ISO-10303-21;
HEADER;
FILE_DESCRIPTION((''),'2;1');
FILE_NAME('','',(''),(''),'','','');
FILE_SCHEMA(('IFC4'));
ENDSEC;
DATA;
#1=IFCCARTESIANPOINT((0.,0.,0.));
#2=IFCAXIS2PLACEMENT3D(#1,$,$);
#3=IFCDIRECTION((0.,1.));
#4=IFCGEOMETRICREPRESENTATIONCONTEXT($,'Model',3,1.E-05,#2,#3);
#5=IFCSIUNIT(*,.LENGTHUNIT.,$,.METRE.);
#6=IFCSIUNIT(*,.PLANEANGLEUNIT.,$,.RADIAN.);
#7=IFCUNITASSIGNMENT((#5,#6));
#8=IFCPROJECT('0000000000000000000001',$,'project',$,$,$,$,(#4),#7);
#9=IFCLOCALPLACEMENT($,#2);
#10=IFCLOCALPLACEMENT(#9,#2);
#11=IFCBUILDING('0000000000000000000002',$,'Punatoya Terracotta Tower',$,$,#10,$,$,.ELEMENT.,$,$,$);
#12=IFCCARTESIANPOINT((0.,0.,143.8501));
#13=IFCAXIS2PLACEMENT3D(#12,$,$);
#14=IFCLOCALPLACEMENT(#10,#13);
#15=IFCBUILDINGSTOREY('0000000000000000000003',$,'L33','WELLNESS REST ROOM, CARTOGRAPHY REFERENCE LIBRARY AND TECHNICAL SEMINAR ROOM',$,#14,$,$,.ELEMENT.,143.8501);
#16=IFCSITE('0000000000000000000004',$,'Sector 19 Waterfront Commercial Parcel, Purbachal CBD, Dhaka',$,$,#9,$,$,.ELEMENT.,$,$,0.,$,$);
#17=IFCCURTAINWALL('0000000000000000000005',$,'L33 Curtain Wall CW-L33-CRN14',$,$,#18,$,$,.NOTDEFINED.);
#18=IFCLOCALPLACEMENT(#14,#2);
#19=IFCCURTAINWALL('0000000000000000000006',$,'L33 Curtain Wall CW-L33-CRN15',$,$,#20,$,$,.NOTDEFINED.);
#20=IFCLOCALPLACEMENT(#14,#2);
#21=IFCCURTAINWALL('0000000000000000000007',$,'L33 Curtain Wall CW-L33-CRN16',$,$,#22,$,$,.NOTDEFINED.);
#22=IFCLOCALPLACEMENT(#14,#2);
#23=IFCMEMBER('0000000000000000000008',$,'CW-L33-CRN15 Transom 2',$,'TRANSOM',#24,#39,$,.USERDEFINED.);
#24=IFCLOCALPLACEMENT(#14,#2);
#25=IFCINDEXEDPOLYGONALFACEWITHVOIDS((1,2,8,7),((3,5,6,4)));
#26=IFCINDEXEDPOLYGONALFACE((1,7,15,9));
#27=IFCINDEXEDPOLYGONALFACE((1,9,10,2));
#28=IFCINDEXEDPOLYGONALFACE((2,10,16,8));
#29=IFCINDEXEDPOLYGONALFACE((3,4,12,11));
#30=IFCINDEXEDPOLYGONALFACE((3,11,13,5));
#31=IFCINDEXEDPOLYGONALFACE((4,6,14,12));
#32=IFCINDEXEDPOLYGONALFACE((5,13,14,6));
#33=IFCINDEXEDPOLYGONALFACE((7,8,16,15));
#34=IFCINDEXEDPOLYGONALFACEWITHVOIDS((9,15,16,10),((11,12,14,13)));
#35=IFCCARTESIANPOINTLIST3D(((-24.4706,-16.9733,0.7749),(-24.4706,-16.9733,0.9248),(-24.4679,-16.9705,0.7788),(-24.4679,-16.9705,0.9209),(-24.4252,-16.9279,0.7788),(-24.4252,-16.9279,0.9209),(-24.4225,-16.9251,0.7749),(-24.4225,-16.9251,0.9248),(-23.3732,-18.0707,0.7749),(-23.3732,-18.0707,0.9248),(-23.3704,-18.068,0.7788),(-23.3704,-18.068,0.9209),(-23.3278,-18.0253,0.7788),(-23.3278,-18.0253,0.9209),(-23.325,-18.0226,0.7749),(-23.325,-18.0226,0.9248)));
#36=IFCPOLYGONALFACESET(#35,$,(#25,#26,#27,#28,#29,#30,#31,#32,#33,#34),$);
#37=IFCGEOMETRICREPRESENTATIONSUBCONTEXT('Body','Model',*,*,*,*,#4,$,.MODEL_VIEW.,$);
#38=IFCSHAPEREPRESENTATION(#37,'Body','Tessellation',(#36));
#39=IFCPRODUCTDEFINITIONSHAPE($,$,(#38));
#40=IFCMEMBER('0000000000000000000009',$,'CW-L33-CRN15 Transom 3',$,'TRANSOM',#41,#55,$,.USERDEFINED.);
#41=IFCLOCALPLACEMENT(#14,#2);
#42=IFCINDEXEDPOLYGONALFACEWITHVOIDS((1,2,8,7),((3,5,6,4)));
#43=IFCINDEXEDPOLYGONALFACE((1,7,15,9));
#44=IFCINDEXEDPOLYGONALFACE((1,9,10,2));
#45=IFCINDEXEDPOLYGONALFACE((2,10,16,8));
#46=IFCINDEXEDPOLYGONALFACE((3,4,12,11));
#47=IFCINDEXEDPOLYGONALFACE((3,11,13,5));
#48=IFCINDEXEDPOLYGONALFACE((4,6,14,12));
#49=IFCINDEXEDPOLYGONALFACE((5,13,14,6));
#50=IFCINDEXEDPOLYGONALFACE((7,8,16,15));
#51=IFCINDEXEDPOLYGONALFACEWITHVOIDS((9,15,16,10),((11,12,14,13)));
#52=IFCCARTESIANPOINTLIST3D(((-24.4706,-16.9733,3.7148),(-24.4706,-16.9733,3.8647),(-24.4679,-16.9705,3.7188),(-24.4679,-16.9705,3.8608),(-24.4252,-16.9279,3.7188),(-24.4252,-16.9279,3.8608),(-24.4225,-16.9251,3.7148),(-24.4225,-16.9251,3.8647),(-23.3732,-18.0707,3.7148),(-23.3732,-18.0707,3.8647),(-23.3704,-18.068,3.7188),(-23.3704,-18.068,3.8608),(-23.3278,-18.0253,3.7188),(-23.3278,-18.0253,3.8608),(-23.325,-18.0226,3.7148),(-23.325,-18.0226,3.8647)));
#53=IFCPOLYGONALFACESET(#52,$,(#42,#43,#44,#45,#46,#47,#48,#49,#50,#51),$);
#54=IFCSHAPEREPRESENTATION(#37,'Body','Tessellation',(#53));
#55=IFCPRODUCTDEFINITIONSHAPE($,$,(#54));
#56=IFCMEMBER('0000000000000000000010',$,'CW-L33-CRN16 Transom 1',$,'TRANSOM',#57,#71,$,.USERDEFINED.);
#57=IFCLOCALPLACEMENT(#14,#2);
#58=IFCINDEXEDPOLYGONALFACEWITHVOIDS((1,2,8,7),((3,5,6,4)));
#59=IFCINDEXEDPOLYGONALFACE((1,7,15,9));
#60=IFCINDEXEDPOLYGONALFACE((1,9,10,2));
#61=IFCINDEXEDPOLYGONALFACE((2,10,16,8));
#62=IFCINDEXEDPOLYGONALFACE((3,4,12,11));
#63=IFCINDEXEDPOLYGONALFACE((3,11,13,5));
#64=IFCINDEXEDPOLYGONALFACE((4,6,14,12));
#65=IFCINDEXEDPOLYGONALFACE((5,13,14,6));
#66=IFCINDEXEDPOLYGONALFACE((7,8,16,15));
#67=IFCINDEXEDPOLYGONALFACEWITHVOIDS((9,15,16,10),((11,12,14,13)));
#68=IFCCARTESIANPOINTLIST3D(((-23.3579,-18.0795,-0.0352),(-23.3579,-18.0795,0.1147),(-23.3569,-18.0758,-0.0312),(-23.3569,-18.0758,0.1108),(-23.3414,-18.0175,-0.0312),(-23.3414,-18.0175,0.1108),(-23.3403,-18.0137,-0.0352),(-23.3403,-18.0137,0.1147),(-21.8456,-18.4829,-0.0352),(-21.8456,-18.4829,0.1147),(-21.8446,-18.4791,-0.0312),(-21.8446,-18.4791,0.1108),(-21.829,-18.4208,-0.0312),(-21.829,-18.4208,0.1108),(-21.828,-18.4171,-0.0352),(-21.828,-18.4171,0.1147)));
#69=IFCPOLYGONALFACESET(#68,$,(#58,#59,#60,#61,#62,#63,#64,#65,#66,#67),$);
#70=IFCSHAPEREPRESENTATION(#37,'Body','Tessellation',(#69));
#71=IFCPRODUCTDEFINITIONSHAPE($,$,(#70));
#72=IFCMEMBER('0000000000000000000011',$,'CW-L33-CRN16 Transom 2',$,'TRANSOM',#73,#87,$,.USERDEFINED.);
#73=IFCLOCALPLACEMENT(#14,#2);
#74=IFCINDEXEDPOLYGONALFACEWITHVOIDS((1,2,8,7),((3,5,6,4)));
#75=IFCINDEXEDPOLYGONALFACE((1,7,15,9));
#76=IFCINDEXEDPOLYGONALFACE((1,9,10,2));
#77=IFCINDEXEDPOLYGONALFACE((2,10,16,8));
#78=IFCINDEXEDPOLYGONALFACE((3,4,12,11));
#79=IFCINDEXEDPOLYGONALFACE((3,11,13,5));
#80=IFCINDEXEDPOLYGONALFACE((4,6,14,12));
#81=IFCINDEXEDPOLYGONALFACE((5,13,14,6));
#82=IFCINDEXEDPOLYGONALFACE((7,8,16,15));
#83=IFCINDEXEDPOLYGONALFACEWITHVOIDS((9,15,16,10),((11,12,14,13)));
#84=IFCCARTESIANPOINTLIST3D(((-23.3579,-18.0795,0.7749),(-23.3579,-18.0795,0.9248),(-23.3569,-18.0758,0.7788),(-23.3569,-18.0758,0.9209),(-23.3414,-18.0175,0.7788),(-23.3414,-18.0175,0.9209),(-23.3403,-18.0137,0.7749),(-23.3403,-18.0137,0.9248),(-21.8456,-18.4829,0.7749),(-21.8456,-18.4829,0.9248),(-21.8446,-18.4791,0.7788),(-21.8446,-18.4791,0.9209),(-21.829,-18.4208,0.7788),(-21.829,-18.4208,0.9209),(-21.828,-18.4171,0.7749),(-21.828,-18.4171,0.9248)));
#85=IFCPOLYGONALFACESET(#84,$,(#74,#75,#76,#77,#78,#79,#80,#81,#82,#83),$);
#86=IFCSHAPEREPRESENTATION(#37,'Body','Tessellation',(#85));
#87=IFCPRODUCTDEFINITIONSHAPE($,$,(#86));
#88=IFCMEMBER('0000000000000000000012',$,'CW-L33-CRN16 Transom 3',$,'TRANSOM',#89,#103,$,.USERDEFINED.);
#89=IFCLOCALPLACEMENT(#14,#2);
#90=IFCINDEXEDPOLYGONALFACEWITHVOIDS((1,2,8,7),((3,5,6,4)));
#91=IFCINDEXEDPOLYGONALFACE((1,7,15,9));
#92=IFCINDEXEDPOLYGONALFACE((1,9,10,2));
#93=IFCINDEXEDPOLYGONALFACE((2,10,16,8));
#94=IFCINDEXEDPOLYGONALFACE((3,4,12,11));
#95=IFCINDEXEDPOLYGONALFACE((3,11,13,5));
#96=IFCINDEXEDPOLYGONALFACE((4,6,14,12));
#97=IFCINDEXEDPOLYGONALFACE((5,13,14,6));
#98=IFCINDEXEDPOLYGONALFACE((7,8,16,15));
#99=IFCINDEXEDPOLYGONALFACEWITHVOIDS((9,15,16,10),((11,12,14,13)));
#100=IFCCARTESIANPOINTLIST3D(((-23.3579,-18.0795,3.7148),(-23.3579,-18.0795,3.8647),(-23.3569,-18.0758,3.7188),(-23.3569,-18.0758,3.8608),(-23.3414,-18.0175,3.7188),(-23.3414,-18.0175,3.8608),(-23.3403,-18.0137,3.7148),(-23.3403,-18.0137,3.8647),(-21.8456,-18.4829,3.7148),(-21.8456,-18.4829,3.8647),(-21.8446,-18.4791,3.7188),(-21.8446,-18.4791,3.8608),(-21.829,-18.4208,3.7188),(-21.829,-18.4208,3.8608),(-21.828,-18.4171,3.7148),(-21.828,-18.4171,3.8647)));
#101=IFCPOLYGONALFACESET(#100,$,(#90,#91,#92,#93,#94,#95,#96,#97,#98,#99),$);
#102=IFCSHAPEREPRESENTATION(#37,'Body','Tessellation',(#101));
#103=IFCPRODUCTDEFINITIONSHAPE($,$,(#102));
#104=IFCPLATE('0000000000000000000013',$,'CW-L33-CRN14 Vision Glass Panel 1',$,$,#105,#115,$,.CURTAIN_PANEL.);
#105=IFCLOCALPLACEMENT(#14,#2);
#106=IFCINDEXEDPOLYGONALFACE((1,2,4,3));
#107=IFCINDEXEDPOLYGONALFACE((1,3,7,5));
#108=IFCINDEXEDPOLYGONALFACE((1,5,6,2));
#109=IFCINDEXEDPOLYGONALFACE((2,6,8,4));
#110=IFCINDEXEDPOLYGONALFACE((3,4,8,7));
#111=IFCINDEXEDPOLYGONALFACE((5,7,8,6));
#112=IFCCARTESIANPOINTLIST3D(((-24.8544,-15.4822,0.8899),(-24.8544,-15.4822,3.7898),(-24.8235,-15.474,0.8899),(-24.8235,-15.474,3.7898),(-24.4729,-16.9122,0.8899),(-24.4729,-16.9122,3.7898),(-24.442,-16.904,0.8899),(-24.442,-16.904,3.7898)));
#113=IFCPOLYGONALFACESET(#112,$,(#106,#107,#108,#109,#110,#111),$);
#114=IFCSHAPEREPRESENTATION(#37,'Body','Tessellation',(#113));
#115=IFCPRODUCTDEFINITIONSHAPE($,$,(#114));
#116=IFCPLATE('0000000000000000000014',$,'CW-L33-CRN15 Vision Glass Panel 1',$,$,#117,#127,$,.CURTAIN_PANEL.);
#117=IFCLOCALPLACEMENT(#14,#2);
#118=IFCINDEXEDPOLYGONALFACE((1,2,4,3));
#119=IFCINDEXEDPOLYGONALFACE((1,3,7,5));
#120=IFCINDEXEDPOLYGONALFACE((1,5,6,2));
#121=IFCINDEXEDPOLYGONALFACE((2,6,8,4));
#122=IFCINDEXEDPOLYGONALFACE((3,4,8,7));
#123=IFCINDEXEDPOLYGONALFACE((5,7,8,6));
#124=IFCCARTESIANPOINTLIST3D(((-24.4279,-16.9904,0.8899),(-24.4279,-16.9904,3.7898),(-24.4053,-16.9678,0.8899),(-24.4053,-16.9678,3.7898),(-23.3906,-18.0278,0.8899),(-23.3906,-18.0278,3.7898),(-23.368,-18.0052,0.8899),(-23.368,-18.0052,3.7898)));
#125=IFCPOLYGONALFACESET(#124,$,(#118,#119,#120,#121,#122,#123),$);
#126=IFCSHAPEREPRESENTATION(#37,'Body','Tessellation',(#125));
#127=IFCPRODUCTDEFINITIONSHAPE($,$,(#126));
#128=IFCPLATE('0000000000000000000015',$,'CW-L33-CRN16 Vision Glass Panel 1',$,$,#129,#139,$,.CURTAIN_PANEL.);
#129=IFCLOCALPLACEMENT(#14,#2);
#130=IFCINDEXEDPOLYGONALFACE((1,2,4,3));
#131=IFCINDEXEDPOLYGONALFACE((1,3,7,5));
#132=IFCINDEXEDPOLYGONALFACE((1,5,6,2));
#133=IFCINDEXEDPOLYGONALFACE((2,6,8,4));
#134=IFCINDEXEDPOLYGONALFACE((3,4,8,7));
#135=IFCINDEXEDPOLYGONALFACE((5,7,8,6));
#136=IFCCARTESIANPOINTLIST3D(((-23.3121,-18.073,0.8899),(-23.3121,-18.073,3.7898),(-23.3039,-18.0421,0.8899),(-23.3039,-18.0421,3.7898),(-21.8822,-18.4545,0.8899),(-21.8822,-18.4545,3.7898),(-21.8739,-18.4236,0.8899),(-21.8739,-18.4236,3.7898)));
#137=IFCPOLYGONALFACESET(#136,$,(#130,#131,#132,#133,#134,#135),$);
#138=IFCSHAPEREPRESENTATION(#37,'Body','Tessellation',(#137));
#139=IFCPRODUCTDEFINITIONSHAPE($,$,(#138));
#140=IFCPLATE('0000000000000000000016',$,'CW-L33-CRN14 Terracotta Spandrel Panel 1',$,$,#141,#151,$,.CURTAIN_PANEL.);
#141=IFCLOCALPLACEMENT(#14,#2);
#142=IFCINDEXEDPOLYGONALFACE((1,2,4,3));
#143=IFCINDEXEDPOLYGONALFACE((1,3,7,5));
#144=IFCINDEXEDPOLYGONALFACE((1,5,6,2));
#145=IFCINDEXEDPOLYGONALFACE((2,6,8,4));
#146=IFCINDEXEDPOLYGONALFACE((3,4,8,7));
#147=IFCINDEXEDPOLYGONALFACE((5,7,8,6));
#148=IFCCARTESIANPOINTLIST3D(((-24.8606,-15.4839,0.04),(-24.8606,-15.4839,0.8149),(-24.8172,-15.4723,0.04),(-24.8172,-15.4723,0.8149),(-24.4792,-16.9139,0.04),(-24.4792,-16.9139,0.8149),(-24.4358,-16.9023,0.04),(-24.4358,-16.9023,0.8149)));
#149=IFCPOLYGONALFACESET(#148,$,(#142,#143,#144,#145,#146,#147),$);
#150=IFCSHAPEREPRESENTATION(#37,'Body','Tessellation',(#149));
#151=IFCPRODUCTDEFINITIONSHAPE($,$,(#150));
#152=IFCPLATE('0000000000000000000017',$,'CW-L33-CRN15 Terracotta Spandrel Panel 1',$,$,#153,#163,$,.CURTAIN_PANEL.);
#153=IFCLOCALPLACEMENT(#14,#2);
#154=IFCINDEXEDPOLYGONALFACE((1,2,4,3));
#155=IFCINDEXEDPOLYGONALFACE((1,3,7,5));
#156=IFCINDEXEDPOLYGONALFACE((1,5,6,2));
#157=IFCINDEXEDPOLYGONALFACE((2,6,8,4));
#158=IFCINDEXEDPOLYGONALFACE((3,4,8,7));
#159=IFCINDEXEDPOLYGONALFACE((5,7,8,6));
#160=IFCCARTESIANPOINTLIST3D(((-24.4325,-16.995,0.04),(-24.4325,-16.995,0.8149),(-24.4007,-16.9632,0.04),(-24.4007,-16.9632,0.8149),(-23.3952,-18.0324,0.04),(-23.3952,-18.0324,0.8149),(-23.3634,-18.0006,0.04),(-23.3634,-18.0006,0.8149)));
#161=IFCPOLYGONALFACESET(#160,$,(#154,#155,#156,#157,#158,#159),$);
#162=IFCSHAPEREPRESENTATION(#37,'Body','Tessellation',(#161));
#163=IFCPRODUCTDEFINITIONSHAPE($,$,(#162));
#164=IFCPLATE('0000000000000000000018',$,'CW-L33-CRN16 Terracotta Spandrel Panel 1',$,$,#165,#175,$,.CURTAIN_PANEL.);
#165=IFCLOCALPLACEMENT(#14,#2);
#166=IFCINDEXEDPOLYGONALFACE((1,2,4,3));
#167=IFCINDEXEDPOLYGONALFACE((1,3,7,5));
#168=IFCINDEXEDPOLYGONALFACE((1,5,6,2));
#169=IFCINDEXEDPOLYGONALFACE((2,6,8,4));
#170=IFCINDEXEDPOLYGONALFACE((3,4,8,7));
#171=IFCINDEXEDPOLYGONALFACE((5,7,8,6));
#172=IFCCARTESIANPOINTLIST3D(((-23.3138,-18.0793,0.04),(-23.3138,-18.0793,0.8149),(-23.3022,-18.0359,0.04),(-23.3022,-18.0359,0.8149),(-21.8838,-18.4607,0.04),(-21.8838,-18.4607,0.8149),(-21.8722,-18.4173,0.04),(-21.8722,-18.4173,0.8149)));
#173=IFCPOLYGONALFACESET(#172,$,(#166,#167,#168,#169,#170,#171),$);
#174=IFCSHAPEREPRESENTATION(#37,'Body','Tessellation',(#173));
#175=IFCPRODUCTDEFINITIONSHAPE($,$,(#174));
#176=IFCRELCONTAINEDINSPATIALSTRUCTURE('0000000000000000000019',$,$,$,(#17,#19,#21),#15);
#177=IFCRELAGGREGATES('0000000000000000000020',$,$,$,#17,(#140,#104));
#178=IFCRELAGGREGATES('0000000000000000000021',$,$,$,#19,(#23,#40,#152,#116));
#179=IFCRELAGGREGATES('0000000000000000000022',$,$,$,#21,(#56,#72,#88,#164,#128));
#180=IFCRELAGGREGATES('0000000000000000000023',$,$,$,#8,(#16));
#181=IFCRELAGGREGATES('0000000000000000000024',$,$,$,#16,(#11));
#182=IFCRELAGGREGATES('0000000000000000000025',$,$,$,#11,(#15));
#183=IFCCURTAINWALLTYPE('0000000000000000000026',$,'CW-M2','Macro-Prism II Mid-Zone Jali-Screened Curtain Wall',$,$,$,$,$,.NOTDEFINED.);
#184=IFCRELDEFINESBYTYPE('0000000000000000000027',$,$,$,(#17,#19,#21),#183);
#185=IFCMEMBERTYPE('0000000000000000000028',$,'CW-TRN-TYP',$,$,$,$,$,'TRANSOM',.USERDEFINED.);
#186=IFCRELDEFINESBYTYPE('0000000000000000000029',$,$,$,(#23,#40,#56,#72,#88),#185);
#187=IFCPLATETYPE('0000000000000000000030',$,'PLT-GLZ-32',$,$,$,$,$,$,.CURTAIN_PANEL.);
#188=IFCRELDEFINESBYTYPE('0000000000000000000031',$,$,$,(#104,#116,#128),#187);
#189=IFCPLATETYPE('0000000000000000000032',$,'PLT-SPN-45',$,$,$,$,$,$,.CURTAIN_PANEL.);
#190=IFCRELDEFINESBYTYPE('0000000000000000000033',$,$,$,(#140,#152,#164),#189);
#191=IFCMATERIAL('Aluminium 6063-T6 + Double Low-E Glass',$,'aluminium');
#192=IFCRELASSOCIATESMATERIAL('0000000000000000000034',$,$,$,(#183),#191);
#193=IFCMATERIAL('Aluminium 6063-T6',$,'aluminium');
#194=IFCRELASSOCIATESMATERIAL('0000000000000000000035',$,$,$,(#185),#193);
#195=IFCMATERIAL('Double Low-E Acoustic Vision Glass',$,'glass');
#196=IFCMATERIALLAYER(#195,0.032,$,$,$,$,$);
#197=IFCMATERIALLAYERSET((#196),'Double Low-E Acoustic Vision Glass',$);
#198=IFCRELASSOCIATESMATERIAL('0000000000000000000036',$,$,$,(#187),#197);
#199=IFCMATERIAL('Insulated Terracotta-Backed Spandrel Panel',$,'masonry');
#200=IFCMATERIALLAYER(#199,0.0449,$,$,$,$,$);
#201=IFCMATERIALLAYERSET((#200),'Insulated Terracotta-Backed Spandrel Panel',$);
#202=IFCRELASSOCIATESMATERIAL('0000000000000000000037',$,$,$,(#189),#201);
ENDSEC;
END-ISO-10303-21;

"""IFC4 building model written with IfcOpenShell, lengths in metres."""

from ifc_helpers import new_model, si_unit, direction, frame, origin, origin_2d, place, context, subcontext, project, spatial, rectangle, hollow_rectangle, extrude, material, layer, layer_set, material_profile, profile_set, type_object, element, aggregate, save


model = new_model("IFC4")

# Units and contexts
model_context = context("Model", 3, precision=1e-05, world=origin(), true_north=direction((0.0, 1.0)))
body_context = subcontext(model_context, "Body", "Model", "MODEL_VIEW")
ifc_project = project(units=[si_unit("LENGTHUNIT", "METRE"), si_unit("PLANEANGLEUNIT", "RADIAN")], contexts=[model_context])

# Site, building, storey
site_placement = place(None, origin())
site = spatial("IfcSite", under=ifc_project, at=site_placement, Name="Sector 19 Waterfront Commercial Parcel, Purbachal CBD, Dhaka", CompositionType="ELEMENT", RefElevation=0.0)
building_placement = place(site_placement, origin())
building = spatial("IfcBuilding", under=site, at=building_placement, Name="Punatoya Terracotta Tower", CompositionType="ELEMENT")
storey_placement = place(building_placement, frame((0.0, 0.0, 143.8501)))
storey = spatial("IfcBuildingStorey", under=building, at=storey_placement, Name="L33", Description="WELLNESS REST ROOM, CARTOGRAPHY REFERENCE LIBRARY AND TECHNICAL SEMINAR ROOM", CompositionType="ELEMENT", Elevation=143.8501)

# Shared definitions
ifc_material_1 = material(Name="Aluminium 6063-T6 + Double Low-E Glass", Category="aluminium")
curtain_wall_type = type_object("IfcCurtainWallType", Name="CW-M2", Description="Macro-Prism II Mid-Zone Jali-Screened Curtain Wall", PredefinedType="NOTDEFINED", material=ifc_material_1)
ifc_material_2 = material(Name="Aluminium 6063-T6", Category="aluminium")

# Curtain walls
curtain_wall_1_placement = place(storey_placement, origin())
curtain_wall_1 = element("IfcCurtainWall", 1, at=curtain_wall_1_placement, inside=storey, type_object=curtain_wall_type, Name="L33 Curtain Wall CW-L33-CRN14", PredefinedType="NOTDEFINED")
curtain_wall_2_placement = place(storey_placement, origin())
curtain_wall_2 = element("IfcCurtainWall", 2, at=curtain_wall_2_placement, inside=storey, type_object=curtain_wall_type, Name="L33 Curtain Wall CW-L33-CRN15", PredefinedType="NOTDEFINED")
curtain_wall_3_placement = place(storey_placement, origin())
curtain_wall_3 = element("IfcCurtainWall", 3, at=curtain_wall_3_placement, inside=storey, type_object=curtain_wall_type, Name="L33 Curtain Wall CW-L33-CRN16", PredefinedType="NOTDEFINED")

# Members
ifc_material_profile_1 = material_profile(ifc_material_2, hollow_rectangle(XDim=0.0681, YDim=0.1499, WallThickness=0.0039, at=origin_2d()))
ifc_profile_set_1 = profile_set([ifc_material_profile_1], Name="Aluminium 6063-T6")
member_type_1 = type_object("IfcMemberType", Name="CW-TRN-TYP", ElementType="TRANSOM", PredefinedType="USERDEFINED", material=ifc_profile_set_1)
member_1_placement = place(storey_placement, frame((-24.4465, -16.9492, 0.8499), z_axis=(0.707107, -0.707107, 0.0), x_axis=(0.707107, 0.707107, 0.0)))
member_1 = element("IfcMember", 4, at=member_1_placement, type_object=member_type_1, Name="CW-L33-CRN15 Transom 2", ObjectType="TRANSOM", PredefinedType="USERDEFINED", context=body_context, shape_type="SweptSolid", body=[
    extrude(hollow_rectangle(XDim=0.0681, YDim=0.1499, WallThickness=0.0039, at=origin_2d()), origin(), (0.0, 0.0, 1.0), 1.552),
])
member_2_placement = place(storey_placement, frame((-24.4465, -16.9492, 3.7898), z_axis=(0.707107, -0.707107, 0.0), x_axis=(0.707107, 0.707107, 0.0)))
member_2 = element("IfcMember", 5, at=member_2_placement, type_object=member_type_1, Name="CW-L33-CRN15 Transom 3", ObjectType="TRANSOM", PredefinedType="USERDEFINED", context=body_context, shape_type="SweptSolid", body=[
    extrude(hollow_rectangle(XDim=0.0681, YDim=0.1499, WallThickness=0.0039, at=origin_2d()), origin(), (0.0, 0.0, 1.0), 1.552),
])
member_3_placement = place(storey_placement, frame((-23.3491, -18.0466, 0.0398), z_axis=(0.966225, -0.257701, 0.0), x_axis=(0.257701, 0.966225, 0.0)))
member_3 = element("IfcMember", 6, at=member_3_placement, type_object=member_type_1, Name="CW-L33-CRN16 Transom 1", ObjectType="TRANSOM", PredefinedType="USERDEFINED", context=body_context, shape_type="SweptSolid", body=[
    extrude(hollow_rectangle(XDim=0.0681, YDim=0.1499, WallThickness=0.0039, at=origin_2d()), origin(), (0.0, 0.0, 1.0), 1.5652),
])
member_4_placement = place(storey_placement, frame((-23.3491, -18.0466, 0.8499), z_axis=(0.966225, -0.257701, 0.0), x_axis=(0.257701, 0.966225, 0.0)))
member_4 = element("IfcMember", 7, at=member_4_placement, type_object=member_type_1, Name="CW-L33-CRN16 Transom 2", ObjectType="TRANSOM", PredefinedType="USERDEFINED", context=body_context, shape_type="SweptSolid", body=[
    extrude(hollow_rectangle(XDim=0.0681, YDim=0.1499, WallThickness=0.0039, at=origin_2d()), origin(), (0.0, 0.0, 1.0), 1.5652),
])
member_5_placement = place(storey_placement, frame((-23.3491, -18.0466, 3.7898), z_axis=(0.966225, -0.257701, 0.0), x_axis=(0.257701, 0.966225, 0.0)))
member_5 = element("IfcMember", 8, at=member_5_placement, type_object=member_type_1, Name="CW-L33-CRN16 Transom 3", ObjectType="TRANSOM", PredefinedType="USERDEFINED", context=body_context, shape_type="SweptSolid", body=[
    extrude(hollow_rectangle(XDim=0.0681, YDim=0.1499, WallThickness=0.0039, at=origin_2d()), origin(), (0.0, 0.0, 1.0), 1.5652),
])

# Plates
ifc_material_3 = material(Name="Double Low-E Acoustic Vision Glass", Category="glass")
ifc_layer_1 = layer(ifc_material_3, 0.032)
ifc_layer_set_1 = layer_set([ifc_layer_1], Name="Double Low-E Acoustic Vision Glass")
plate_type_1 = type_object("IfcPlateType", Name="PLT-GLZ-32", PredefinedType="CURTAIN_PANEL", material=ifc_layer_set_1)
plate_1_placement = place(storey_placement, frame((-24.6482, -16.1931, 0.8899), z_axis=(0.0, 0.0, 1.0), x_axis=(0.257742, -0.966214, 0.0)))
plate_1 = element("IfcPlate", 9, at=plate_1_placement, type_object=plate_type_1, Name="CW-L33-CRN14 Vision Glass Panel 1", PredefinedType="CURTAIN_PANEL", context=body_context, shape_type="SweptSolid", body=[
    extrude(rectangle(XDim=1.48, YDim=0.032, at=origin_2d()), origin(), (0.0, 0.0, 1.0), 2.8999),
])
plate_2_placement = place(storey_placement, frame((-23.8979, -17.4978, 0.8899), z_axis=(0.0, 0.0, 1.0), x_axis=(0.707107, -0.707107, 0.0)))
plate_2 = element("IfcPlate", 10, at=plate_2_placement, type_object=plate_type_1, Name="CW-L33-CRN15 Vision Glass Panel 1", PredefinedType="CURTAIN_PANEL", context=body_context, shape_type="SweptSolid", body=[
    extrude(rectangle(XDim=1.467, YDim=0.032, at=origin_2d()), origin(), (0.0, 0.0, 1.0), 2.8999),
])
plate_3_placement = place(storey_placement, frame((-22.593, -18.2483, 0.8899), z_axis=(0.0, 0.0, 1.0), x_axis=(0.966214, -0.257742, 0.0)))
plate_3 = element("IfcPlate", 11, at=plate_3_placement, type_object=plate_type_1, Name="CW-L33-CRN16 Vision Glass Panel 1", PredefinedType="CURTAIN_PANEL", context=body_context, shape_type="SweptSolid", body=[
    extrude(rectangle(XDim=1.48, YDim=0.032, at=origin_2d()), origin(), (0.0, 0.0, 1.0), 2.8999),
])
ifc_material_4 = material(Name="Insulated Terracotta-Backed Spandrel Panel", Category="masonry")
ifc_layer_2 = layer(ifc_material_4, 0.0449)
ifc_layer_set_2 = layer_set([ifc_layer_2], Name="Insulated Terracotta-Backed Spandrel Panel")
plate_type_2 = type_object("IfcPlateType", Name="PLT-SPN-45", PredefinedType="CURTAIN_PANEL", material=ifc_layer_set_2)
plate_4_placement = place(storey_placement, frame((-24.6482, -16.1931, 0.04), z_axis=(0.0, 0.0, 1.0), x_axis=(0.257742, -0.966214, 0.0)))
plate_4 = element("IfcPlate", 12, at=plate_4_placement, type_object=plate_type_2, Name="CW-L33-CRN14 Terracotta Spandrel Panel 1", PredefinedType="CURTAIN_PANEL", context=body_context, shape_type="SweptSolid", body=[
    extrude(rectangle(XDim=1.48, YDim=0.0449, at=origin_2d()), origin(), (0.0, 0.0, 1.0), 0.7749),
])
aggregate(curtain_wall_1, [plate_4, plate_1])
plate_5_placement = place(storey_placement, frame((-23.8979, -17.4978, 0.04), z_axis=(0.0, 0.0, 1.0), x_axis=(0.707107, -0.707107, 0.0)))
plate_5 = element("IfcPlate", 13, at=plate_5_placement, type_object=plate_type_2, Name="CW-L33-CRN15 Terracotta Spandrel Panel 1", PredefinedType="CURTAIN_PANEL", context=body_context, shape_type="SweptSolid", body=[
    extrude(rectangle(XDim=1.467, YDim=0.0449, at=origin_2d()), origin(), (0.0, 0.0, 1.0), 0.7749),
])
aggregate(curtain_wall_2, [member_1, member_2, plate_5, plate_2])
plate_6_placement = place(storey_placement, frame((-22.593, -18.2483, 0.04), z_axis=(0.0, 0.0, 1.0), x_axis=(0.966214, -0.257742, 0.0)))
plate_6 = element("IfcPlate", 14, at=plate_6_placement, type_object=plate_type_2, Name="CW-L33-CRN16 Terracotta Spandrel Panel 1", PredefinedType="CURTAIN_PANEL", context=body_context, shape_type="SweptSolid", body=[
    extrude(rectangle(XDim=1.48, YDim=0.0449, at=origin_2d()), origin(), (0.0, 0.0, 1.0), 0.7749),
])
aggregate(curtain_wall_3, [member_3, member_4, member_5, plate_6, plate_3])

save(model, "model.ifc")
